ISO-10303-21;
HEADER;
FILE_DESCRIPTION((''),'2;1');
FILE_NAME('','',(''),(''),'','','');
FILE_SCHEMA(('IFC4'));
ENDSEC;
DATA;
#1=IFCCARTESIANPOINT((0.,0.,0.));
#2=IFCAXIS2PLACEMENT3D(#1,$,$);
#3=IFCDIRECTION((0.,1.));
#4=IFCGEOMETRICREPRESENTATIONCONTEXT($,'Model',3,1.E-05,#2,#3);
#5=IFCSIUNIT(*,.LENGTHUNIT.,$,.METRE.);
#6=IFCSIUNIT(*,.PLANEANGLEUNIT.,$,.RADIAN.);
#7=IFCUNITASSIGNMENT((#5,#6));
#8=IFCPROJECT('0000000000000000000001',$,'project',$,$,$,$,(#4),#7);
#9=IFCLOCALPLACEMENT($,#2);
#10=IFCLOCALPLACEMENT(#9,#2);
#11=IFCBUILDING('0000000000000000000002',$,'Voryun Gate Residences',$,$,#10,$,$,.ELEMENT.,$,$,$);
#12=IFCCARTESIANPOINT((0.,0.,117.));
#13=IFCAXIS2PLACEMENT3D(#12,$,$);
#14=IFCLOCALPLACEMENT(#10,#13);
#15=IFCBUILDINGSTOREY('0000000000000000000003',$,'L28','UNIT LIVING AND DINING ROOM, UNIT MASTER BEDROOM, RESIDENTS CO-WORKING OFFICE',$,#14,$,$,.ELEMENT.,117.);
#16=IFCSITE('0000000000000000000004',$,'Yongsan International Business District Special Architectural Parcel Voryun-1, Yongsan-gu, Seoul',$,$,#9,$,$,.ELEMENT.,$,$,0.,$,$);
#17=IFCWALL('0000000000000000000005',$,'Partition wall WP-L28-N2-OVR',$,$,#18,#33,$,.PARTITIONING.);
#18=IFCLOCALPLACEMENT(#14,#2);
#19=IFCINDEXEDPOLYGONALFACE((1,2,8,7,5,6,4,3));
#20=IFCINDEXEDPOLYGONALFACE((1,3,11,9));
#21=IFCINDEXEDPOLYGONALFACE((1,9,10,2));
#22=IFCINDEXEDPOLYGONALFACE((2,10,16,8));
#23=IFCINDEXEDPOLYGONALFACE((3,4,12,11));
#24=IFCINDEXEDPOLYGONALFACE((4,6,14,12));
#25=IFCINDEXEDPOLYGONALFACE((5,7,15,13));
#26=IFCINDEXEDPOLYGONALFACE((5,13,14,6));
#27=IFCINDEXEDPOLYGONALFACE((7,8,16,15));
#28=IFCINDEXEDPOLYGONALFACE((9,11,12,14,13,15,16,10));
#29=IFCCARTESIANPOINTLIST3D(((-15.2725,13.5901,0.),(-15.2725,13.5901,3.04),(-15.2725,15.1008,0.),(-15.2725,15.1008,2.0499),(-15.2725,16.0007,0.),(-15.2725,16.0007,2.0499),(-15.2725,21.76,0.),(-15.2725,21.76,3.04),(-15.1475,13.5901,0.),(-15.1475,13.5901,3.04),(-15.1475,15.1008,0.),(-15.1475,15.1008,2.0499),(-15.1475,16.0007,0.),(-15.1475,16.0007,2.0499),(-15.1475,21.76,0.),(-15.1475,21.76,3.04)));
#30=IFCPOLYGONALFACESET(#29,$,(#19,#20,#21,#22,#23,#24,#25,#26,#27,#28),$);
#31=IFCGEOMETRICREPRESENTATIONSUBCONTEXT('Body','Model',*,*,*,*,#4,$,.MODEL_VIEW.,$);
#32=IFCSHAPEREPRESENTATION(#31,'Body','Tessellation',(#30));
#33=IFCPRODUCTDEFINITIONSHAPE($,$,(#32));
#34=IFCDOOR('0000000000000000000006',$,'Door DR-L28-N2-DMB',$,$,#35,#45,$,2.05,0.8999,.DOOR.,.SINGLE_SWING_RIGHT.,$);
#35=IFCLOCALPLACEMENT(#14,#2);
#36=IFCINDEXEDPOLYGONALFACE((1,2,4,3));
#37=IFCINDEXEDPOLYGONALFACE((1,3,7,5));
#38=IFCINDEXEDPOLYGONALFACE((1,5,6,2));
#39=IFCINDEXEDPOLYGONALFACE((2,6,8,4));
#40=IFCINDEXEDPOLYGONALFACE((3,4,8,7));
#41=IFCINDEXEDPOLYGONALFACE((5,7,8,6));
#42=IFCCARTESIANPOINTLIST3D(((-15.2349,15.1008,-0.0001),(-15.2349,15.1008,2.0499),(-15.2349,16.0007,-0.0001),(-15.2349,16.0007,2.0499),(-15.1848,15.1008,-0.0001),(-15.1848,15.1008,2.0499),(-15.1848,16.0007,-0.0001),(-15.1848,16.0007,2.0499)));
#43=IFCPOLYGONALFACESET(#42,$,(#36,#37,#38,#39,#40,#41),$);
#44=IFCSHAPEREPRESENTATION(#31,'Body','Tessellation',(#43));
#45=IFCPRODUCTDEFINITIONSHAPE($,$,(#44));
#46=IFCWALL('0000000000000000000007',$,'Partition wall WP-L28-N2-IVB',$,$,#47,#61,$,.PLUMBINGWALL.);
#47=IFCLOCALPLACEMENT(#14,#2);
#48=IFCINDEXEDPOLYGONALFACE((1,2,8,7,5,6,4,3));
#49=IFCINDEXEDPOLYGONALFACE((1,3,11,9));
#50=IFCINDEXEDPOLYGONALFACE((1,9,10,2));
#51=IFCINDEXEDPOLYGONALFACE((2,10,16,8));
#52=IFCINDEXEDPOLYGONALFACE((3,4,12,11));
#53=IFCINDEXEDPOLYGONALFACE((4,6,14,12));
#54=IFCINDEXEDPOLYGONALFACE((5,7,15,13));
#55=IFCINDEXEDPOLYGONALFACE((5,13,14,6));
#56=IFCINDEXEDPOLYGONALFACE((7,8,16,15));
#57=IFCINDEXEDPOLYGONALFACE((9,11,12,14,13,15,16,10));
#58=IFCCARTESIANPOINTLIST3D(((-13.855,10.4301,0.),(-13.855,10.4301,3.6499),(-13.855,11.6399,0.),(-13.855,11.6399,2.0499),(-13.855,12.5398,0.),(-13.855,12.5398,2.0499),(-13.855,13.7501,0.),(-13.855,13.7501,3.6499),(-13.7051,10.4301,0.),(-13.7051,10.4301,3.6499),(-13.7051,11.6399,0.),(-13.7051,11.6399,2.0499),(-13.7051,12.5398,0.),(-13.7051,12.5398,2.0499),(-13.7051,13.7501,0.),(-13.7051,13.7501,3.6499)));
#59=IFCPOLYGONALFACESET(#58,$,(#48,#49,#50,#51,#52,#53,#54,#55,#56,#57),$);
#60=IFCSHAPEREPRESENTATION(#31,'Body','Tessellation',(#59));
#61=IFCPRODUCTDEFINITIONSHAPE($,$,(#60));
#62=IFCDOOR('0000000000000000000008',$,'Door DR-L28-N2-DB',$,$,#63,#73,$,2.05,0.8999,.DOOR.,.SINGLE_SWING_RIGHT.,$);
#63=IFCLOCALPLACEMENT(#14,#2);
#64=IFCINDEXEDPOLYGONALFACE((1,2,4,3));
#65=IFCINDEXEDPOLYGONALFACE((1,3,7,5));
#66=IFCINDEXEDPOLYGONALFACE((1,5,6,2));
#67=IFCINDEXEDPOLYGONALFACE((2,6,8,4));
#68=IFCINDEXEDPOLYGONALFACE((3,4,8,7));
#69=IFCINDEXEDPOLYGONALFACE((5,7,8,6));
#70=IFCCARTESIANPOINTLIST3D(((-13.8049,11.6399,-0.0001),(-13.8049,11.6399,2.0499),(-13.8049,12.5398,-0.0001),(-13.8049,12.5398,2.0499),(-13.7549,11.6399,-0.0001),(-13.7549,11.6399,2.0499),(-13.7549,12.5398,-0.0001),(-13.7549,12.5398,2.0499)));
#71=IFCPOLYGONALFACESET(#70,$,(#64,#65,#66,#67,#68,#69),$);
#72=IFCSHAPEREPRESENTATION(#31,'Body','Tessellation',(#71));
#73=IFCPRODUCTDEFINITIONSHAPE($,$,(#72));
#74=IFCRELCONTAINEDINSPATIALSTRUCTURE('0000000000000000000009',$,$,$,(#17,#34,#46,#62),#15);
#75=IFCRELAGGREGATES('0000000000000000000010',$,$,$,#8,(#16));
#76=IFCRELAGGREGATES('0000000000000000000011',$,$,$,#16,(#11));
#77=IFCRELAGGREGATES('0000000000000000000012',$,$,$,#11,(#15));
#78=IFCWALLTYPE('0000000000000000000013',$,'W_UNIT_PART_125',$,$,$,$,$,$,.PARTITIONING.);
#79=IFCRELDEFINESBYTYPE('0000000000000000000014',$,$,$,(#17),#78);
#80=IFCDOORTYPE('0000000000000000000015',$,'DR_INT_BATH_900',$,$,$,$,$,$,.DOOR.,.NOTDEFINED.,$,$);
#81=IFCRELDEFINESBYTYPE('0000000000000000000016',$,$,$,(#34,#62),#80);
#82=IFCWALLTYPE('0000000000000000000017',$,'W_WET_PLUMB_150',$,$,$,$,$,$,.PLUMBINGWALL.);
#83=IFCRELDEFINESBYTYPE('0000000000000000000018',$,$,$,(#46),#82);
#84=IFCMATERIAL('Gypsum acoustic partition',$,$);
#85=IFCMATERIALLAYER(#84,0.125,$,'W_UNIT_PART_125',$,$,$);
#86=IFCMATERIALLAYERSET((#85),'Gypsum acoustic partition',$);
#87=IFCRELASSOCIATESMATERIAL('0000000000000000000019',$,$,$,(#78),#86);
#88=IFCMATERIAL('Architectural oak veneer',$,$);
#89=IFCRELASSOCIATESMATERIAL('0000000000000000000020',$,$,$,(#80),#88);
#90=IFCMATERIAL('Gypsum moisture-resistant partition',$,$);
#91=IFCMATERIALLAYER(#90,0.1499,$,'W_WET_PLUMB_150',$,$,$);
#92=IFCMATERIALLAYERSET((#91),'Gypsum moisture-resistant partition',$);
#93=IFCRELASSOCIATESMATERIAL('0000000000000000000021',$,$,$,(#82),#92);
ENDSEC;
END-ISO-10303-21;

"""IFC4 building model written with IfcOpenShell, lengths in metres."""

from ifc_helpers import new_model, si_unit, direction, frame, frame_2d, origin, place, context, subcontext, project, spatial, rectangle, extrude, material, layer, layer_set, type_object, element, fill, save


model = new_model("IFC4")

# Units and contexts
model_context = context("Model", 3, precision=1e-05, world=origin(), true_north=direction((0.0, 1.0)))
body_context = subcontext(model_context, "Body", "Model", "MODEL_VIEW")
ifc_project = project(units=[si_unit("LENGTHUNIT", "METRE"), si_unit("PLANEANGLEUNIT", "RADIAN")], contexts=[model_context])

# Site, building, storey
site_placement = place(None, origin())
site = spatial("IfcSite", under=ifc_project, at=site_placement, Name="Yongsan International Business District Special Architectural Parcel Voryun-1, Yongsan-gu, Seoul", CompositionType="ELEMENT", RefElevation=0.0)
building_placement = place(site_placement, origin())
building = spatial("IfcBuilding", under=site, at=building_placement, Name="Voryun Gate Residences", CompositionType="ELEMENT")
storey_placement = place(building_placement, frame((0.0, 0.0, 117.0)))
storey = spatial("IfcBuildingStorey", under=building, at=storey_placement, Name="L28", Description="UNIT LIVING AND DINING ROOM, UNIT MASTER BEDROOM, RESIDENTS CO-WORKING OFFICE", CompositionType="ELEMENT", Elevation=117.0)

# Walls, openings, doors
ifc_material_1 = material(Name="Gypsum acoustic partition")
ifc_layer_1 = layer(ifc_material_1, 0.125, Name="W_UNIT_PART_125")
ifc_layer_set_1 = layer_set([ifc_layer_1], Name="Gypsum acoustic partition")
wall_type_1 = type_object("IfcWallType", Name="W_UNIT_PART_125", PredefinedType="PARTITIONING", material=ifc_layer_set_1)
wall_1_placement = place(storey_placement, frame((-15.21, 13.5901, 0.0), z_axis=(0.0, 0.0, 1.0), x_axis=(0.0, 1.0, 0.0)))
wall_1 = element("IfcWall", 1, at=wall_1_placement, inside=storey, type_object=wall_type_1, Name="Partition wall WP-L28-N2-OVR", PredefinedType="PARTITIONING", context=body_context, shape_type="SweptSolid", body=[
    extrude(rectangle(XDim=8.1699, YDim=0.125, at=frame_2d((4.085, 0.0))), origin(), (0.0, 0.0, 1.0), 3.04),
])
opening_1_placement = place(wall_1_placement, frame((1.5107, 0.0, 0.0)))
opening_1 = element("IfcOpeningElement", 2, at=opening_1_placement, cuts=wall_1, PredefinedType="OPENING", context=body_context, shape_type="SweptSolid", body=[
    extrude(rectangle(XDim=0.8999, YDim=2.05, at=frame_2d((0.45, 1.0249))), frame((0.0, 0.0725, 0.0), z_axis=(0.0, -1.0, 0.0), x_axis=(1.0, 0.0, 0.0)), (0.0, 0.0, 1.0), 0.145),
])
ifc_material_2 = material(Name="Architectural oak veneer")
door_type_1 = type_object("IfcDoorType", Name="DR_INT_BATH_900", OperationType="NOTDEFINED", PredefinedType="DOOR", material=ifc_material_2)
door_1_placement = place(opening_1_placement, origin())
door_1 = element("IfcDoor", 3, at=door_1_placement, inside=storey, type_object=door_type_1, Name="Door DR-L28-N2-DMB", OperationType="SINGLE_SWING_RIGHT", OverallHeight=2.05, OverallWidth=0.8999, PredefinedType="DOOR", context=body_context, shape_type="SweptSolid", body=[
    extrude(rectangle(XDim=0.8999, YDim=2.05, at=frame_2d((0.45, 1.0249))), frame((0.0, 0.0249, 0.0), z_axis=(0.0, -1.0, 0.0), x_axis=(1.0, 0.0, 0.0)), (0.0, 0.0, 1.0), 0.05),
])
fill(opening_1, door_1)
ifc_material_3 = material(Name="Gypsum moisture-resistant partition")
ifc_layer_2 = layer(ifc_material_3, 0.1499, Name="W_WET_PLUMB_150")
ifc_layer_set_2 = layer_set([ifc_layer_2], Name="Gypsum moisture-resistant partition")
wall_type_2 = type_object("IfcWallType", Name="W_WET_PLUMB_150", PredefinedType="PLUMBINGWALL", material=ifc_layer_set_2)
wall_2_placement = place(storey_placement, frame((-13.78, 10.4299, 0.0), z_axis=(0.0, 0.0, 1.0), x_axis=(0.0, 1.0, 0.0)))
wall_2 = element("IfcWall", 4, at=wall_2_placement, inside=storey, type_object=wall_type_2, Name="Partition wall WP-L28-N2-IVB", PredefinedType="PLUMBINGWALL", context=body_context, shape_type="SweptSolid", body=[
    extrude(rectangle(XDim=3.3201, YDim=0.1499, at=frame_2d((1.6602, 0.0))), origin(), (0.0, 0.0, 1.0), 3.6499),
])
opening_2_placement = place(wall_2_placement, frame((1.21, 0.0, 0.0)))
opening_2 = element("IfcOpeningElement", 5, at=opening_2_placement, cuts=wall_2, PredefinedType="OPENING", context=body_context, shape_type="SweptSolid", body=[
    extrude(rectangle(XDim=0.8999, YDim=2.05, at=frame_2d((0.45, 1.0249))), frame((0.0, 0.085, 0.0), z_axis=(0.0, -1.0, 0.0), x_axis=(1.0, 0.0, 0.0)), (0.0, 0.0, 1.0), 0.1699),
])
door_2_placement = place(opening_2_placement, origin())
door_2 = element("IfcDoor", 6, at=door_2_placement, inside=storey, type_object=door_type_1, Name="Door DR-L28-N2-DB", OperationType="SINGLE_SWING_RIGHT", OverallHeight=2.05, OverallWidth=0.8999, PredefinedType="DOOR", context=body_context, shape_type="SweptSolid", body=[
    extrude(rectangle(XDim=0.8999, YDim=2.05, at=frame_2d((0.45, 1.0249))), frame((0.0, 0.0249, 0.0), z_axis=(0.0, -1.0, 0.0), x_axis=(1.0, 0.0, 0.0)), (0.0, 0.0, 1.0), 0.05),
])
fill(opening_2, door_2)

save(model, "model.ifc")
